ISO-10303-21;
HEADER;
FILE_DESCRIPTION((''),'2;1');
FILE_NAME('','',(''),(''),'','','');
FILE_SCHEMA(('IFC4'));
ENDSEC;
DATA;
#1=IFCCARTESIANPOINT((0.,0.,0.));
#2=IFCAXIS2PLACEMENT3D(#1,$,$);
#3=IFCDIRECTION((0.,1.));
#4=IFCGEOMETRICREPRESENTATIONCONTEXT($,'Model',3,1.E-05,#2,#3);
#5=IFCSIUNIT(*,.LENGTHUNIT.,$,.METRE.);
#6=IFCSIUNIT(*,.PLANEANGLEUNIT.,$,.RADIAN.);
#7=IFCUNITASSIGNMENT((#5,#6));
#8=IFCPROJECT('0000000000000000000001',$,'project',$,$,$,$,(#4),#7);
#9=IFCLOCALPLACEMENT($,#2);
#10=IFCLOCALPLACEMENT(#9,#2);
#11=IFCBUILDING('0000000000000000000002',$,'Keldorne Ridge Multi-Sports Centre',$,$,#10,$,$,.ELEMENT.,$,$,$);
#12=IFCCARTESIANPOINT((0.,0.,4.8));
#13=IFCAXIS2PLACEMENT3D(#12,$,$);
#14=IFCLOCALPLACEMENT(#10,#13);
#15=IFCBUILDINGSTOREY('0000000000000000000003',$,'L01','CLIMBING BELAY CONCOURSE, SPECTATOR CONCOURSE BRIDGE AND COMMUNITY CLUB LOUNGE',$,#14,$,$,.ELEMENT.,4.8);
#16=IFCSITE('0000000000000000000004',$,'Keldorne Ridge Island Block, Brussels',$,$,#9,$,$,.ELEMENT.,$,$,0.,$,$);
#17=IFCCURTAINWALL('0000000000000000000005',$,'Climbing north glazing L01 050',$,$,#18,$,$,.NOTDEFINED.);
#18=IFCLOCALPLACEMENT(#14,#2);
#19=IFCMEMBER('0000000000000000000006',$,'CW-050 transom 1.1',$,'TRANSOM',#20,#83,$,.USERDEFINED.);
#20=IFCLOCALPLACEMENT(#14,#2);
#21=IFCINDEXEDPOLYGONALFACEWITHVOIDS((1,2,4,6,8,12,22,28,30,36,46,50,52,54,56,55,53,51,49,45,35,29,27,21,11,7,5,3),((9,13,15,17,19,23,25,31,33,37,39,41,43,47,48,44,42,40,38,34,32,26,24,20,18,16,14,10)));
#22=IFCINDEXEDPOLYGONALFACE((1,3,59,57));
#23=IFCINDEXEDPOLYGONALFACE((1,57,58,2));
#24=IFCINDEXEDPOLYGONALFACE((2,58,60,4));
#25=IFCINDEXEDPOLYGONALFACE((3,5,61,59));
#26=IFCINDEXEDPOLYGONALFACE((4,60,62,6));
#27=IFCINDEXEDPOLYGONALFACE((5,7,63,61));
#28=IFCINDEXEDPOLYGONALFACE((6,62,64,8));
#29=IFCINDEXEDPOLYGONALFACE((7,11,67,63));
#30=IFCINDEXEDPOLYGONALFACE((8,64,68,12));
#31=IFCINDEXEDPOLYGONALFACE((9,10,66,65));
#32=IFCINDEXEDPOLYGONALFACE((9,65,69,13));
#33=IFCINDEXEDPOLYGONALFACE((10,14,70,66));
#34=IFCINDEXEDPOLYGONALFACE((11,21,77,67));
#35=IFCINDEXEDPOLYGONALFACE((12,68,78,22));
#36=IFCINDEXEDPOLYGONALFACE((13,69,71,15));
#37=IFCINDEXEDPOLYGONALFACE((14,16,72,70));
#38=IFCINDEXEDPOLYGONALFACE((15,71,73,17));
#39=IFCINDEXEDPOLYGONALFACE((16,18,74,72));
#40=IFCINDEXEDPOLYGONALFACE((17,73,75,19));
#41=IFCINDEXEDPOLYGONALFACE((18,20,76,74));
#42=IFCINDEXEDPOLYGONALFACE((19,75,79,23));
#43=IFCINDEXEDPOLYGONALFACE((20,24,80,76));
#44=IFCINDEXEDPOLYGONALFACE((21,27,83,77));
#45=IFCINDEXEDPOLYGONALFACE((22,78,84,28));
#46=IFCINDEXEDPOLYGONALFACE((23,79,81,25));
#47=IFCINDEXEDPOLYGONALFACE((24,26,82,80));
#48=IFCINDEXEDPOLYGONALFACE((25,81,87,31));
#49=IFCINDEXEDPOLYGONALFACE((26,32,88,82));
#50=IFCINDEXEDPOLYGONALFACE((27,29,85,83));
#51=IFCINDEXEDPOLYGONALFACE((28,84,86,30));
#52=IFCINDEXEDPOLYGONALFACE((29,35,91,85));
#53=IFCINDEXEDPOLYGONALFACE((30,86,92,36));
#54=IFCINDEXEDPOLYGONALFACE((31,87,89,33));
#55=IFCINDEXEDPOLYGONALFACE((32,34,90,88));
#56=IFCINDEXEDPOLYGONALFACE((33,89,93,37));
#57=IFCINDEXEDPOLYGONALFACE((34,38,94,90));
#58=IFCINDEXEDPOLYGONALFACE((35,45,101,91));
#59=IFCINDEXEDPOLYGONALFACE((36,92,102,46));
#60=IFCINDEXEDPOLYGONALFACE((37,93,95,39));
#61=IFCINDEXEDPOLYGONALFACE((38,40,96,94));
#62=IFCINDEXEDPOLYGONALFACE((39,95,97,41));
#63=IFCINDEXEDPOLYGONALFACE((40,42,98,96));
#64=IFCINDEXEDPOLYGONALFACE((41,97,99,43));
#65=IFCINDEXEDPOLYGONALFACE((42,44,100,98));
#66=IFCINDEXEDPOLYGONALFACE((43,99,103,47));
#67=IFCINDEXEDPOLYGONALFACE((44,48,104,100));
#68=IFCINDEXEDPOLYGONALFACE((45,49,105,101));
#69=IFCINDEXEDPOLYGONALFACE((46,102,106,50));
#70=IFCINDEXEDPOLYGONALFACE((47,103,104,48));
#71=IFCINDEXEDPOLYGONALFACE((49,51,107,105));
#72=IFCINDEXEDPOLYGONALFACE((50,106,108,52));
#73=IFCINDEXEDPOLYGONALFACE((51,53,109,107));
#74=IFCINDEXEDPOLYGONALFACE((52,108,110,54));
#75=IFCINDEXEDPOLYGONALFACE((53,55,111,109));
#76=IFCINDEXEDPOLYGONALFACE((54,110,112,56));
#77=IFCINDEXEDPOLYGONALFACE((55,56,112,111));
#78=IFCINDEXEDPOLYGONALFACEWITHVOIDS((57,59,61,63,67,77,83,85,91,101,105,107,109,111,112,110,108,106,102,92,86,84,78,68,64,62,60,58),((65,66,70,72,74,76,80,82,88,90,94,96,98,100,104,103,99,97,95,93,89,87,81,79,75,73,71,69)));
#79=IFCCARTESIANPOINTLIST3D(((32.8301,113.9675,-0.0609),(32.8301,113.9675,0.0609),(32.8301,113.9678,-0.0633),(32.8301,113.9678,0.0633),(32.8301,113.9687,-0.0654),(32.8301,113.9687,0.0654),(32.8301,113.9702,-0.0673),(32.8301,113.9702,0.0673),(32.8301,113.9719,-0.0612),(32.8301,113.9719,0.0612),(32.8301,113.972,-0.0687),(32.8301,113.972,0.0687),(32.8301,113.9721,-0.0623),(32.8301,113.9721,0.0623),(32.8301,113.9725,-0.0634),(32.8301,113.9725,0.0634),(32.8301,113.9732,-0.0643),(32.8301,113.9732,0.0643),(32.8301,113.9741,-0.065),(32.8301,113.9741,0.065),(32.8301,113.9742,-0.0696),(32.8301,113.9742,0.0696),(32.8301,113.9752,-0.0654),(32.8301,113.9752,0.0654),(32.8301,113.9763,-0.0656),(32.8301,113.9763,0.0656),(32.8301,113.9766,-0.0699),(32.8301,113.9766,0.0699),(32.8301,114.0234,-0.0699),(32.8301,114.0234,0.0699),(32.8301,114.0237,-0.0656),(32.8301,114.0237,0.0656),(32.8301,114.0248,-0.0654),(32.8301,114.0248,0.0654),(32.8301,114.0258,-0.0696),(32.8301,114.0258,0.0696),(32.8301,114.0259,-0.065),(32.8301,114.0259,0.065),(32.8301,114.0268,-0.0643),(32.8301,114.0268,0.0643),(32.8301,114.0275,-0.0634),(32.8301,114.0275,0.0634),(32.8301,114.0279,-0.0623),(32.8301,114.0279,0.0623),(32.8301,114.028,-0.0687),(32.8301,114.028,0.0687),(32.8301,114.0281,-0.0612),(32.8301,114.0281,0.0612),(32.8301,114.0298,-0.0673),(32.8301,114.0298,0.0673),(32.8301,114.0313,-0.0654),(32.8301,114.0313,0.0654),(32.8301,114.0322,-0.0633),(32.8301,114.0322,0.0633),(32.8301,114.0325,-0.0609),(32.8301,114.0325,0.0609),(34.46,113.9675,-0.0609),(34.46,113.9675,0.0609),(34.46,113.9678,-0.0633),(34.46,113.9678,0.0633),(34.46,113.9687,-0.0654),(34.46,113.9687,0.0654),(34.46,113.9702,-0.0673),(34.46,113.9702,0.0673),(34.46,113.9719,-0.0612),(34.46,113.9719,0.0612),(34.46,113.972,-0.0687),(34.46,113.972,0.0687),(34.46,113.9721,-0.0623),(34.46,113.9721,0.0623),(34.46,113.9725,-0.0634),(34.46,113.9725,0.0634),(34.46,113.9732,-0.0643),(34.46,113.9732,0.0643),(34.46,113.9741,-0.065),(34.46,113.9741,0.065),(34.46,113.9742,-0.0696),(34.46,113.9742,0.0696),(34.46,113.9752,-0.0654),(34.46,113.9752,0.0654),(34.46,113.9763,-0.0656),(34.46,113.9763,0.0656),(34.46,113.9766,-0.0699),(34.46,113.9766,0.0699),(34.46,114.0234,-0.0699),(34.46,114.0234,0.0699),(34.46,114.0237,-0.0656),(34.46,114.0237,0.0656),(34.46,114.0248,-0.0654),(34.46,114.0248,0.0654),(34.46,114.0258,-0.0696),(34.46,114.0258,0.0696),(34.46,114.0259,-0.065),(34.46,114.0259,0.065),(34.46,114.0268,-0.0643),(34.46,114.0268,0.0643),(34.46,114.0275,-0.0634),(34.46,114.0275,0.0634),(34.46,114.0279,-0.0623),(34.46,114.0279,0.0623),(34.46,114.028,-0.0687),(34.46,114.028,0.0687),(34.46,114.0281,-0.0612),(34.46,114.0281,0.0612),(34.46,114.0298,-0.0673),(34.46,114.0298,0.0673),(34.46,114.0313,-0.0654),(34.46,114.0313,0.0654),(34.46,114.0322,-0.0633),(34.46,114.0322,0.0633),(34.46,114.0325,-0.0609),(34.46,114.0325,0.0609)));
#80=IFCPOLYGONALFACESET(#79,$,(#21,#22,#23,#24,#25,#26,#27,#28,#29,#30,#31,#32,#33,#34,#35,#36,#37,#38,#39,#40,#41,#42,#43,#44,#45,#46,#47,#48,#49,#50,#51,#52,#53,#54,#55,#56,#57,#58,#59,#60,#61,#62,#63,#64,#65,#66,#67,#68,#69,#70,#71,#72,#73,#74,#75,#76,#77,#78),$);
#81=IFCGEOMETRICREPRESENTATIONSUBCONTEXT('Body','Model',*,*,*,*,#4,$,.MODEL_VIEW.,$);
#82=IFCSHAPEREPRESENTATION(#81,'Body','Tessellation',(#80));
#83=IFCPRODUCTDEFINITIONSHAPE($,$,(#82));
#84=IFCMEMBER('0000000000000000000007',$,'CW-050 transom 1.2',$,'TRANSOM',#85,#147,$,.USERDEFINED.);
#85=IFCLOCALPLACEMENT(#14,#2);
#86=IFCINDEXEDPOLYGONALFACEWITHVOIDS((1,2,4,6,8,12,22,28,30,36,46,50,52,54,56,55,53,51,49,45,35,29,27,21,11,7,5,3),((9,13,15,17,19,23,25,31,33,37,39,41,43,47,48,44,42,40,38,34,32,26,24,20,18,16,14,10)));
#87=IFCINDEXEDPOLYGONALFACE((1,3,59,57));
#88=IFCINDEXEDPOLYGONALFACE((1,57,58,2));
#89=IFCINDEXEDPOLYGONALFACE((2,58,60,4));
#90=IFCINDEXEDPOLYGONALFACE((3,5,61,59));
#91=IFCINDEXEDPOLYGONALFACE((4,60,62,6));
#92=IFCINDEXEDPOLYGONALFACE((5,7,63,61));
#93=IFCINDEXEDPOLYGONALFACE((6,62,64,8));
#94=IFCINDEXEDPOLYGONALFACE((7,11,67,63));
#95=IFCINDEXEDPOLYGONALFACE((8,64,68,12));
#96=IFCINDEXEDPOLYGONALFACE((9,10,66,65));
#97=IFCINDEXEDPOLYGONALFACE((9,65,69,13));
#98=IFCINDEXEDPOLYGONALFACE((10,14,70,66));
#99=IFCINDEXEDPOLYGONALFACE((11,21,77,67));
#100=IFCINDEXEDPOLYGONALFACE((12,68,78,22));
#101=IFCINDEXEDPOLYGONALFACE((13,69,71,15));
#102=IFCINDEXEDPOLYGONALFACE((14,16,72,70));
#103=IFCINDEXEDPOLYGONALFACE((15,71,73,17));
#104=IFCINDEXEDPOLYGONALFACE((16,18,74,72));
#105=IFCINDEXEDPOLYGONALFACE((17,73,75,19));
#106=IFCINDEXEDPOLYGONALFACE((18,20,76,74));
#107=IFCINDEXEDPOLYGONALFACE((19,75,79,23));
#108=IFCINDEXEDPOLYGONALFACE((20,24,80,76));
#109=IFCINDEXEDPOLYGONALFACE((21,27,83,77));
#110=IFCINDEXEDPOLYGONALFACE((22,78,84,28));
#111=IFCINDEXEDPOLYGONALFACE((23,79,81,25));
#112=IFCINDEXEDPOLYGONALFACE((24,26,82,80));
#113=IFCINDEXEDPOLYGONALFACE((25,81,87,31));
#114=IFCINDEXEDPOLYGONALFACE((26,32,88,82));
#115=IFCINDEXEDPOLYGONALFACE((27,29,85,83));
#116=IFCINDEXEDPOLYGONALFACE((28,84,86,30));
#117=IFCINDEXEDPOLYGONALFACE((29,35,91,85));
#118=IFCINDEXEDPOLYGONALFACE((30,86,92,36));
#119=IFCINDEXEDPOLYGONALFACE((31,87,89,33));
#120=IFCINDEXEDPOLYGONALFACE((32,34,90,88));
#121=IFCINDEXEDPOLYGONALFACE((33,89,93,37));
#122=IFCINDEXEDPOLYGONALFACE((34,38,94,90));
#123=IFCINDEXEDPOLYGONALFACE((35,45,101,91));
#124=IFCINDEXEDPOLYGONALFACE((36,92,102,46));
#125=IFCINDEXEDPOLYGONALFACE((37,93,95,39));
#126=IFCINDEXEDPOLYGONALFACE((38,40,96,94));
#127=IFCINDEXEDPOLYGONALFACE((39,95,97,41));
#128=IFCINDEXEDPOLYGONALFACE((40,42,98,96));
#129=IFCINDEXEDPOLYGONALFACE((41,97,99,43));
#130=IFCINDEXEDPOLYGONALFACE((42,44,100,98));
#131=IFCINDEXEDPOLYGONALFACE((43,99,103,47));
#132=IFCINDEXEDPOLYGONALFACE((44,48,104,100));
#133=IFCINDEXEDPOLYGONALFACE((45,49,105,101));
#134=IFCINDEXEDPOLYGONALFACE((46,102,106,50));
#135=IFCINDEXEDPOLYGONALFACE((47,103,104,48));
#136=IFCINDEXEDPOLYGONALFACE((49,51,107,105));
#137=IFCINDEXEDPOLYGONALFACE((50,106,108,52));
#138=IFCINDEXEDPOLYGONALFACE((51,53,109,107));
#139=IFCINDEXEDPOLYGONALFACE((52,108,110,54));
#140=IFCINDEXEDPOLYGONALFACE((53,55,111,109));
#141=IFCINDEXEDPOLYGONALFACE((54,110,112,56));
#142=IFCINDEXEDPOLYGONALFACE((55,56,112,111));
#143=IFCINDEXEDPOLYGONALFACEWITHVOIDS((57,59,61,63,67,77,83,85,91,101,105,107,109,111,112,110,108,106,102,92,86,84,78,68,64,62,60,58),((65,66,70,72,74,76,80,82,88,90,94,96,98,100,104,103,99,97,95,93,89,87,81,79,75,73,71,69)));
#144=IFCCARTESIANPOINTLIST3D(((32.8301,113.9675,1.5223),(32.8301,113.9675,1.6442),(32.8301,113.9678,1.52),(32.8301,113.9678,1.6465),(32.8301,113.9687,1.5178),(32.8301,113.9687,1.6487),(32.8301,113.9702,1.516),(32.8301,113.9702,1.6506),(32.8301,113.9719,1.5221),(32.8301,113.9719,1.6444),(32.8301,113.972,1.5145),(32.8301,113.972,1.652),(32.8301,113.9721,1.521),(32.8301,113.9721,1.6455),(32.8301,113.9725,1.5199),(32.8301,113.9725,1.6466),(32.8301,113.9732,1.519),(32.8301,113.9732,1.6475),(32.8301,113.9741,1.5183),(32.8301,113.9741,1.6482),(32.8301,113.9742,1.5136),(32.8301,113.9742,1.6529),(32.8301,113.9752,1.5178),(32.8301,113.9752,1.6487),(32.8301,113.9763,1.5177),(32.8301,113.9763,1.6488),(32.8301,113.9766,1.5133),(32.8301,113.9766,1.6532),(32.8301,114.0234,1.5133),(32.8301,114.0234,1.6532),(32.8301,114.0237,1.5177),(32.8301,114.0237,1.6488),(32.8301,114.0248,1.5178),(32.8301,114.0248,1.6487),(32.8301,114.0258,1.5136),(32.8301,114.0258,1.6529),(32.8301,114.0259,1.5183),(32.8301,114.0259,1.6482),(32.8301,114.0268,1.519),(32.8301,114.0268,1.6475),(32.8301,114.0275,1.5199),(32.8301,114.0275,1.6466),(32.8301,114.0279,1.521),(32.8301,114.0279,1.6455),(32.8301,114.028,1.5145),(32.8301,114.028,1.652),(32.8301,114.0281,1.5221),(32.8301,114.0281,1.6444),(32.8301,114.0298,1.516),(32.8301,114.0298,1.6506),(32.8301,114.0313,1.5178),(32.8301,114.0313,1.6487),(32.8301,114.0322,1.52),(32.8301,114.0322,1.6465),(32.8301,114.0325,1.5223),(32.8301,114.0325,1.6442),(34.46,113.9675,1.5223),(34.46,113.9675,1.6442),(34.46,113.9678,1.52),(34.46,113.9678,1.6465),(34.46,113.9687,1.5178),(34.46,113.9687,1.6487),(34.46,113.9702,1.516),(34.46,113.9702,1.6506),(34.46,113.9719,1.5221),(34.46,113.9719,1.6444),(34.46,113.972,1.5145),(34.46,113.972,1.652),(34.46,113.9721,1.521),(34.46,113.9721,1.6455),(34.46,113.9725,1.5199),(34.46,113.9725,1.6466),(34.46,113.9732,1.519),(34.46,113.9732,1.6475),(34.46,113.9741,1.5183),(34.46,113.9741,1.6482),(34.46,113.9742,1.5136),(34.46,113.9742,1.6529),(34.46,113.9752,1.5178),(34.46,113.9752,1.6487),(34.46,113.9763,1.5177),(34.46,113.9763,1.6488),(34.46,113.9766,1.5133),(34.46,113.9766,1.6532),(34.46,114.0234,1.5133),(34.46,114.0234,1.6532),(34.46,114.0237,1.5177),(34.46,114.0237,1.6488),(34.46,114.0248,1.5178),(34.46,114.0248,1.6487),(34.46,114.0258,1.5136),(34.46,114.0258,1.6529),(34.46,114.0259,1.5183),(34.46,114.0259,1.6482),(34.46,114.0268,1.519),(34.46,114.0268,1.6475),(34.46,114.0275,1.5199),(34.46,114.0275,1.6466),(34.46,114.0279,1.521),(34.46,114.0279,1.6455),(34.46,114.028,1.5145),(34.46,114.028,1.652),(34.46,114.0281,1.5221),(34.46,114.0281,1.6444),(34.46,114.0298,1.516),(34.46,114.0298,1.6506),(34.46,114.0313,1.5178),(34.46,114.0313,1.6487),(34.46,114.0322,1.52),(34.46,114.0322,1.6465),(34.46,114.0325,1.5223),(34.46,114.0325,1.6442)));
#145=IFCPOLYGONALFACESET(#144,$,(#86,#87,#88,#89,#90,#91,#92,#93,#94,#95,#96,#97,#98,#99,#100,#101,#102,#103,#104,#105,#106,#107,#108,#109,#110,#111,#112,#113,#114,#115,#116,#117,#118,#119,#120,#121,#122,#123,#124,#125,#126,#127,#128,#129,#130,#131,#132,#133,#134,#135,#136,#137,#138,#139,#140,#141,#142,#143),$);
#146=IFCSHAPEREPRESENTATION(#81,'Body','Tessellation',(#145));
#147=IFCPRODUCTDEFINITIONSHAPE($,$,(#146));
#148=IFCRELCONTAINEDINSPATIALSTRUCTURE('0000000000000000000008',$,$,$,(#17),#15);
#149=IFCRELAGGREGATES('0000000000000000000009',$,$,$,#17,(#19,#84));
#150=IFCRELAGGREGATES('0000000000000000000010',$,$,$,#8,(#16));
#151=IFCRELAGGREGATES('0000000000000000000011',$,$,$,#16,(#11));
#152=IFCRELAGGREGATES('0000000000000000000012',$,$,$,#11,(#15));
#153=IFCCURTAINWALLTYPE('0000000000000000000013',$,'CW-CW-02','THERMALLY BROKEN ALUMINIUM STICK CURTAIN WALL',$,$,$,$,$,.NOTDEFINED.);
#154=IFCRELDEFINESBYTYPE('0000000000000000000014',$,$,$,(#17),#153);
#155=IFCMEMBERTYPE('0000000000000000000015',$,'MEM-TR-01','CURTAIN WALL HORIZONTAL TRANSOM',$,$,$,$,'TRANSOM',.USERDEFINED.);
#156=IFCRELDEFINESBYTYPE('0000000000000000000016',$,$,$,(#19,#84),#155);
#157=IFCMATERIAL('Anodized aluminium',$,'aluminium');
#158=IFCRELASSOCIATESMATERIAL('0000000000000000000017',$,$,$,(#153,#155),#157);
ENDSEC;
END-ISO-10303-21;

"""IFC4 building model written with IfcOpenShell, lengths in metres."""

from ifc_helpers import new_model, si_unit, direction, frame, origin, origin_2d, place, context, subcontext, project, spatial, hollow_rectangle, extrude, material, material_profile, profile_set, type_object, element, aggregate, save


model = new_model("IFC4")

# Units and contexts
model_context = context("Model", 3, precision=1e-05, world=origin(), true_north=direction((0.0, 1.0)))
body_context = subcontext(model_context, "Body", "Model", "MODEL_VIEW")
ifc_project = project(units=[si_unit("LENGTHUNIT", "METRE"), si_unit("PLANEANGLEUNIT", "RADIAN")], contexts=[model_context])

# Site, building, storey
site_placement = place(None, origin())
site = spatial("IfcSite", under=ifc_project, at=site_placement, Name="Keldorne Ridge Island Block, Brussels", CompositionType="ELEMENT", RefElevation=0.0)
building_placement = place(site_placement, origin())
building = spatial("IfcBuilding", under=site, at=building_placement, Name="Keldorne Ridge Multi-Sports Centre", CompositionType="ELEMENT")
storey_placement = place(building_placement, frame((0.0, 0.0, 4.8)))
storey = spatial("IfcBuildingStorey", under=building, at=storey_placement, Name="L01", Description="CLIMBING BELAY CONCOURSE, SPECTATOR CONCOURSE BRIDGE AND COMMUNITY CLUB LOUNGE", CompositionType="ELEMENT", Elevation=4.8)

# Curtain wall
ifc_material_1 = material(Name="Anodized aluminium", Category="aluminium")
curtain_wall_type_1 = type_object("IfcCurtainWallType", Name="CW-CW-02", Description="THERMALLY BROKEN ALUMINIUM STICK CURTAIN WALL", PredefinedType="NOTDEFINED", material=ifc_material_1)
curtain_wall_1_placement = place(storey_placement, origin())
curtain_wall_1 = element("IfcCurtainWall", 1, at=curtain_wall_1_placement, inside=storey, type_object=curtain_wall_type_1, Name="Climbing north glazing L01 050", PredefinedType="NOTDEFINED")

# Members
ifc_material_profile_1 = material_profile(ifc_material_1, hollow_rectangle(XDim=0.0649, YDim=0.1399, WallThickness=0.0044, InnerFilletRadius=0.0044, OuterFilletRadius=0.009, at=origin_2d()), Name="ALU TRANSOM 140x65x4.5")
ifc_profile_set_1 = profile_set([ifc_material_profile_1], Name="Anodized aluminium")
member_type_1 = type_object("IfcMemberType", Name="MEM-TR-01", Description="CURTAIN WALL HORIZONTAL TRANSOM", ElementType="TRANSOM", PredefinedType="USERDEFINED", material=ifc_profile_set_1)
member_1_placement = place(storey_placement, frame((34.46, 114.0, 0.0), z_axis=(-1.0, 0.0, 0.0), x_axis=(0.0, -1.0, 0.0)))
member_1 = element("IfcMember", 2, at=member_1_placement, type_object=member_type_1, Name="CW-050 transom 1.1", ObjectType="TRANSOM", PredefinedType="USERDEFINED", context=body_context, shape_type="SweptSolid", body=[
    extrude(hollow_rectangle(XDim=0.0649, YDim=0.1399, WallThickness=0.0044, InnerFilletRadius=0.0044, OuterFilletRadius=0.009, at=origin_2d()), origin(), (0.0, 0.0, 1.0), 1.6299),
])
member_2_placement = place(storey_placement, frame((34.46, 114.0, 1.5833), z_axis=(-1.0, 0.0, 0.0), x_axis=(0.0, -1.0, 0.0)))
member_2 = element("IfcMember", 3, at=member_2_placement, type_object=member_type_1, Name="CW-050 transom 1.2", ObjectType="TRANSOM", PredefinedType="USERDEFINED", context=body_context, shape_type="SweptSolid", body=[
    extrude(hollow_rectangle(XDim=0.0649, YDim=0.1399, WallThickness=0.0044, InnerFilletRadius=0.0044, OuterFilletRadius=0.009, at=origin_2d()), origin(), (0.0, 0.0, 1.0), 1.6299),
])

aggregate(curtain_wall_1, [member_1, member_2])

save(model, "model.ifc")
